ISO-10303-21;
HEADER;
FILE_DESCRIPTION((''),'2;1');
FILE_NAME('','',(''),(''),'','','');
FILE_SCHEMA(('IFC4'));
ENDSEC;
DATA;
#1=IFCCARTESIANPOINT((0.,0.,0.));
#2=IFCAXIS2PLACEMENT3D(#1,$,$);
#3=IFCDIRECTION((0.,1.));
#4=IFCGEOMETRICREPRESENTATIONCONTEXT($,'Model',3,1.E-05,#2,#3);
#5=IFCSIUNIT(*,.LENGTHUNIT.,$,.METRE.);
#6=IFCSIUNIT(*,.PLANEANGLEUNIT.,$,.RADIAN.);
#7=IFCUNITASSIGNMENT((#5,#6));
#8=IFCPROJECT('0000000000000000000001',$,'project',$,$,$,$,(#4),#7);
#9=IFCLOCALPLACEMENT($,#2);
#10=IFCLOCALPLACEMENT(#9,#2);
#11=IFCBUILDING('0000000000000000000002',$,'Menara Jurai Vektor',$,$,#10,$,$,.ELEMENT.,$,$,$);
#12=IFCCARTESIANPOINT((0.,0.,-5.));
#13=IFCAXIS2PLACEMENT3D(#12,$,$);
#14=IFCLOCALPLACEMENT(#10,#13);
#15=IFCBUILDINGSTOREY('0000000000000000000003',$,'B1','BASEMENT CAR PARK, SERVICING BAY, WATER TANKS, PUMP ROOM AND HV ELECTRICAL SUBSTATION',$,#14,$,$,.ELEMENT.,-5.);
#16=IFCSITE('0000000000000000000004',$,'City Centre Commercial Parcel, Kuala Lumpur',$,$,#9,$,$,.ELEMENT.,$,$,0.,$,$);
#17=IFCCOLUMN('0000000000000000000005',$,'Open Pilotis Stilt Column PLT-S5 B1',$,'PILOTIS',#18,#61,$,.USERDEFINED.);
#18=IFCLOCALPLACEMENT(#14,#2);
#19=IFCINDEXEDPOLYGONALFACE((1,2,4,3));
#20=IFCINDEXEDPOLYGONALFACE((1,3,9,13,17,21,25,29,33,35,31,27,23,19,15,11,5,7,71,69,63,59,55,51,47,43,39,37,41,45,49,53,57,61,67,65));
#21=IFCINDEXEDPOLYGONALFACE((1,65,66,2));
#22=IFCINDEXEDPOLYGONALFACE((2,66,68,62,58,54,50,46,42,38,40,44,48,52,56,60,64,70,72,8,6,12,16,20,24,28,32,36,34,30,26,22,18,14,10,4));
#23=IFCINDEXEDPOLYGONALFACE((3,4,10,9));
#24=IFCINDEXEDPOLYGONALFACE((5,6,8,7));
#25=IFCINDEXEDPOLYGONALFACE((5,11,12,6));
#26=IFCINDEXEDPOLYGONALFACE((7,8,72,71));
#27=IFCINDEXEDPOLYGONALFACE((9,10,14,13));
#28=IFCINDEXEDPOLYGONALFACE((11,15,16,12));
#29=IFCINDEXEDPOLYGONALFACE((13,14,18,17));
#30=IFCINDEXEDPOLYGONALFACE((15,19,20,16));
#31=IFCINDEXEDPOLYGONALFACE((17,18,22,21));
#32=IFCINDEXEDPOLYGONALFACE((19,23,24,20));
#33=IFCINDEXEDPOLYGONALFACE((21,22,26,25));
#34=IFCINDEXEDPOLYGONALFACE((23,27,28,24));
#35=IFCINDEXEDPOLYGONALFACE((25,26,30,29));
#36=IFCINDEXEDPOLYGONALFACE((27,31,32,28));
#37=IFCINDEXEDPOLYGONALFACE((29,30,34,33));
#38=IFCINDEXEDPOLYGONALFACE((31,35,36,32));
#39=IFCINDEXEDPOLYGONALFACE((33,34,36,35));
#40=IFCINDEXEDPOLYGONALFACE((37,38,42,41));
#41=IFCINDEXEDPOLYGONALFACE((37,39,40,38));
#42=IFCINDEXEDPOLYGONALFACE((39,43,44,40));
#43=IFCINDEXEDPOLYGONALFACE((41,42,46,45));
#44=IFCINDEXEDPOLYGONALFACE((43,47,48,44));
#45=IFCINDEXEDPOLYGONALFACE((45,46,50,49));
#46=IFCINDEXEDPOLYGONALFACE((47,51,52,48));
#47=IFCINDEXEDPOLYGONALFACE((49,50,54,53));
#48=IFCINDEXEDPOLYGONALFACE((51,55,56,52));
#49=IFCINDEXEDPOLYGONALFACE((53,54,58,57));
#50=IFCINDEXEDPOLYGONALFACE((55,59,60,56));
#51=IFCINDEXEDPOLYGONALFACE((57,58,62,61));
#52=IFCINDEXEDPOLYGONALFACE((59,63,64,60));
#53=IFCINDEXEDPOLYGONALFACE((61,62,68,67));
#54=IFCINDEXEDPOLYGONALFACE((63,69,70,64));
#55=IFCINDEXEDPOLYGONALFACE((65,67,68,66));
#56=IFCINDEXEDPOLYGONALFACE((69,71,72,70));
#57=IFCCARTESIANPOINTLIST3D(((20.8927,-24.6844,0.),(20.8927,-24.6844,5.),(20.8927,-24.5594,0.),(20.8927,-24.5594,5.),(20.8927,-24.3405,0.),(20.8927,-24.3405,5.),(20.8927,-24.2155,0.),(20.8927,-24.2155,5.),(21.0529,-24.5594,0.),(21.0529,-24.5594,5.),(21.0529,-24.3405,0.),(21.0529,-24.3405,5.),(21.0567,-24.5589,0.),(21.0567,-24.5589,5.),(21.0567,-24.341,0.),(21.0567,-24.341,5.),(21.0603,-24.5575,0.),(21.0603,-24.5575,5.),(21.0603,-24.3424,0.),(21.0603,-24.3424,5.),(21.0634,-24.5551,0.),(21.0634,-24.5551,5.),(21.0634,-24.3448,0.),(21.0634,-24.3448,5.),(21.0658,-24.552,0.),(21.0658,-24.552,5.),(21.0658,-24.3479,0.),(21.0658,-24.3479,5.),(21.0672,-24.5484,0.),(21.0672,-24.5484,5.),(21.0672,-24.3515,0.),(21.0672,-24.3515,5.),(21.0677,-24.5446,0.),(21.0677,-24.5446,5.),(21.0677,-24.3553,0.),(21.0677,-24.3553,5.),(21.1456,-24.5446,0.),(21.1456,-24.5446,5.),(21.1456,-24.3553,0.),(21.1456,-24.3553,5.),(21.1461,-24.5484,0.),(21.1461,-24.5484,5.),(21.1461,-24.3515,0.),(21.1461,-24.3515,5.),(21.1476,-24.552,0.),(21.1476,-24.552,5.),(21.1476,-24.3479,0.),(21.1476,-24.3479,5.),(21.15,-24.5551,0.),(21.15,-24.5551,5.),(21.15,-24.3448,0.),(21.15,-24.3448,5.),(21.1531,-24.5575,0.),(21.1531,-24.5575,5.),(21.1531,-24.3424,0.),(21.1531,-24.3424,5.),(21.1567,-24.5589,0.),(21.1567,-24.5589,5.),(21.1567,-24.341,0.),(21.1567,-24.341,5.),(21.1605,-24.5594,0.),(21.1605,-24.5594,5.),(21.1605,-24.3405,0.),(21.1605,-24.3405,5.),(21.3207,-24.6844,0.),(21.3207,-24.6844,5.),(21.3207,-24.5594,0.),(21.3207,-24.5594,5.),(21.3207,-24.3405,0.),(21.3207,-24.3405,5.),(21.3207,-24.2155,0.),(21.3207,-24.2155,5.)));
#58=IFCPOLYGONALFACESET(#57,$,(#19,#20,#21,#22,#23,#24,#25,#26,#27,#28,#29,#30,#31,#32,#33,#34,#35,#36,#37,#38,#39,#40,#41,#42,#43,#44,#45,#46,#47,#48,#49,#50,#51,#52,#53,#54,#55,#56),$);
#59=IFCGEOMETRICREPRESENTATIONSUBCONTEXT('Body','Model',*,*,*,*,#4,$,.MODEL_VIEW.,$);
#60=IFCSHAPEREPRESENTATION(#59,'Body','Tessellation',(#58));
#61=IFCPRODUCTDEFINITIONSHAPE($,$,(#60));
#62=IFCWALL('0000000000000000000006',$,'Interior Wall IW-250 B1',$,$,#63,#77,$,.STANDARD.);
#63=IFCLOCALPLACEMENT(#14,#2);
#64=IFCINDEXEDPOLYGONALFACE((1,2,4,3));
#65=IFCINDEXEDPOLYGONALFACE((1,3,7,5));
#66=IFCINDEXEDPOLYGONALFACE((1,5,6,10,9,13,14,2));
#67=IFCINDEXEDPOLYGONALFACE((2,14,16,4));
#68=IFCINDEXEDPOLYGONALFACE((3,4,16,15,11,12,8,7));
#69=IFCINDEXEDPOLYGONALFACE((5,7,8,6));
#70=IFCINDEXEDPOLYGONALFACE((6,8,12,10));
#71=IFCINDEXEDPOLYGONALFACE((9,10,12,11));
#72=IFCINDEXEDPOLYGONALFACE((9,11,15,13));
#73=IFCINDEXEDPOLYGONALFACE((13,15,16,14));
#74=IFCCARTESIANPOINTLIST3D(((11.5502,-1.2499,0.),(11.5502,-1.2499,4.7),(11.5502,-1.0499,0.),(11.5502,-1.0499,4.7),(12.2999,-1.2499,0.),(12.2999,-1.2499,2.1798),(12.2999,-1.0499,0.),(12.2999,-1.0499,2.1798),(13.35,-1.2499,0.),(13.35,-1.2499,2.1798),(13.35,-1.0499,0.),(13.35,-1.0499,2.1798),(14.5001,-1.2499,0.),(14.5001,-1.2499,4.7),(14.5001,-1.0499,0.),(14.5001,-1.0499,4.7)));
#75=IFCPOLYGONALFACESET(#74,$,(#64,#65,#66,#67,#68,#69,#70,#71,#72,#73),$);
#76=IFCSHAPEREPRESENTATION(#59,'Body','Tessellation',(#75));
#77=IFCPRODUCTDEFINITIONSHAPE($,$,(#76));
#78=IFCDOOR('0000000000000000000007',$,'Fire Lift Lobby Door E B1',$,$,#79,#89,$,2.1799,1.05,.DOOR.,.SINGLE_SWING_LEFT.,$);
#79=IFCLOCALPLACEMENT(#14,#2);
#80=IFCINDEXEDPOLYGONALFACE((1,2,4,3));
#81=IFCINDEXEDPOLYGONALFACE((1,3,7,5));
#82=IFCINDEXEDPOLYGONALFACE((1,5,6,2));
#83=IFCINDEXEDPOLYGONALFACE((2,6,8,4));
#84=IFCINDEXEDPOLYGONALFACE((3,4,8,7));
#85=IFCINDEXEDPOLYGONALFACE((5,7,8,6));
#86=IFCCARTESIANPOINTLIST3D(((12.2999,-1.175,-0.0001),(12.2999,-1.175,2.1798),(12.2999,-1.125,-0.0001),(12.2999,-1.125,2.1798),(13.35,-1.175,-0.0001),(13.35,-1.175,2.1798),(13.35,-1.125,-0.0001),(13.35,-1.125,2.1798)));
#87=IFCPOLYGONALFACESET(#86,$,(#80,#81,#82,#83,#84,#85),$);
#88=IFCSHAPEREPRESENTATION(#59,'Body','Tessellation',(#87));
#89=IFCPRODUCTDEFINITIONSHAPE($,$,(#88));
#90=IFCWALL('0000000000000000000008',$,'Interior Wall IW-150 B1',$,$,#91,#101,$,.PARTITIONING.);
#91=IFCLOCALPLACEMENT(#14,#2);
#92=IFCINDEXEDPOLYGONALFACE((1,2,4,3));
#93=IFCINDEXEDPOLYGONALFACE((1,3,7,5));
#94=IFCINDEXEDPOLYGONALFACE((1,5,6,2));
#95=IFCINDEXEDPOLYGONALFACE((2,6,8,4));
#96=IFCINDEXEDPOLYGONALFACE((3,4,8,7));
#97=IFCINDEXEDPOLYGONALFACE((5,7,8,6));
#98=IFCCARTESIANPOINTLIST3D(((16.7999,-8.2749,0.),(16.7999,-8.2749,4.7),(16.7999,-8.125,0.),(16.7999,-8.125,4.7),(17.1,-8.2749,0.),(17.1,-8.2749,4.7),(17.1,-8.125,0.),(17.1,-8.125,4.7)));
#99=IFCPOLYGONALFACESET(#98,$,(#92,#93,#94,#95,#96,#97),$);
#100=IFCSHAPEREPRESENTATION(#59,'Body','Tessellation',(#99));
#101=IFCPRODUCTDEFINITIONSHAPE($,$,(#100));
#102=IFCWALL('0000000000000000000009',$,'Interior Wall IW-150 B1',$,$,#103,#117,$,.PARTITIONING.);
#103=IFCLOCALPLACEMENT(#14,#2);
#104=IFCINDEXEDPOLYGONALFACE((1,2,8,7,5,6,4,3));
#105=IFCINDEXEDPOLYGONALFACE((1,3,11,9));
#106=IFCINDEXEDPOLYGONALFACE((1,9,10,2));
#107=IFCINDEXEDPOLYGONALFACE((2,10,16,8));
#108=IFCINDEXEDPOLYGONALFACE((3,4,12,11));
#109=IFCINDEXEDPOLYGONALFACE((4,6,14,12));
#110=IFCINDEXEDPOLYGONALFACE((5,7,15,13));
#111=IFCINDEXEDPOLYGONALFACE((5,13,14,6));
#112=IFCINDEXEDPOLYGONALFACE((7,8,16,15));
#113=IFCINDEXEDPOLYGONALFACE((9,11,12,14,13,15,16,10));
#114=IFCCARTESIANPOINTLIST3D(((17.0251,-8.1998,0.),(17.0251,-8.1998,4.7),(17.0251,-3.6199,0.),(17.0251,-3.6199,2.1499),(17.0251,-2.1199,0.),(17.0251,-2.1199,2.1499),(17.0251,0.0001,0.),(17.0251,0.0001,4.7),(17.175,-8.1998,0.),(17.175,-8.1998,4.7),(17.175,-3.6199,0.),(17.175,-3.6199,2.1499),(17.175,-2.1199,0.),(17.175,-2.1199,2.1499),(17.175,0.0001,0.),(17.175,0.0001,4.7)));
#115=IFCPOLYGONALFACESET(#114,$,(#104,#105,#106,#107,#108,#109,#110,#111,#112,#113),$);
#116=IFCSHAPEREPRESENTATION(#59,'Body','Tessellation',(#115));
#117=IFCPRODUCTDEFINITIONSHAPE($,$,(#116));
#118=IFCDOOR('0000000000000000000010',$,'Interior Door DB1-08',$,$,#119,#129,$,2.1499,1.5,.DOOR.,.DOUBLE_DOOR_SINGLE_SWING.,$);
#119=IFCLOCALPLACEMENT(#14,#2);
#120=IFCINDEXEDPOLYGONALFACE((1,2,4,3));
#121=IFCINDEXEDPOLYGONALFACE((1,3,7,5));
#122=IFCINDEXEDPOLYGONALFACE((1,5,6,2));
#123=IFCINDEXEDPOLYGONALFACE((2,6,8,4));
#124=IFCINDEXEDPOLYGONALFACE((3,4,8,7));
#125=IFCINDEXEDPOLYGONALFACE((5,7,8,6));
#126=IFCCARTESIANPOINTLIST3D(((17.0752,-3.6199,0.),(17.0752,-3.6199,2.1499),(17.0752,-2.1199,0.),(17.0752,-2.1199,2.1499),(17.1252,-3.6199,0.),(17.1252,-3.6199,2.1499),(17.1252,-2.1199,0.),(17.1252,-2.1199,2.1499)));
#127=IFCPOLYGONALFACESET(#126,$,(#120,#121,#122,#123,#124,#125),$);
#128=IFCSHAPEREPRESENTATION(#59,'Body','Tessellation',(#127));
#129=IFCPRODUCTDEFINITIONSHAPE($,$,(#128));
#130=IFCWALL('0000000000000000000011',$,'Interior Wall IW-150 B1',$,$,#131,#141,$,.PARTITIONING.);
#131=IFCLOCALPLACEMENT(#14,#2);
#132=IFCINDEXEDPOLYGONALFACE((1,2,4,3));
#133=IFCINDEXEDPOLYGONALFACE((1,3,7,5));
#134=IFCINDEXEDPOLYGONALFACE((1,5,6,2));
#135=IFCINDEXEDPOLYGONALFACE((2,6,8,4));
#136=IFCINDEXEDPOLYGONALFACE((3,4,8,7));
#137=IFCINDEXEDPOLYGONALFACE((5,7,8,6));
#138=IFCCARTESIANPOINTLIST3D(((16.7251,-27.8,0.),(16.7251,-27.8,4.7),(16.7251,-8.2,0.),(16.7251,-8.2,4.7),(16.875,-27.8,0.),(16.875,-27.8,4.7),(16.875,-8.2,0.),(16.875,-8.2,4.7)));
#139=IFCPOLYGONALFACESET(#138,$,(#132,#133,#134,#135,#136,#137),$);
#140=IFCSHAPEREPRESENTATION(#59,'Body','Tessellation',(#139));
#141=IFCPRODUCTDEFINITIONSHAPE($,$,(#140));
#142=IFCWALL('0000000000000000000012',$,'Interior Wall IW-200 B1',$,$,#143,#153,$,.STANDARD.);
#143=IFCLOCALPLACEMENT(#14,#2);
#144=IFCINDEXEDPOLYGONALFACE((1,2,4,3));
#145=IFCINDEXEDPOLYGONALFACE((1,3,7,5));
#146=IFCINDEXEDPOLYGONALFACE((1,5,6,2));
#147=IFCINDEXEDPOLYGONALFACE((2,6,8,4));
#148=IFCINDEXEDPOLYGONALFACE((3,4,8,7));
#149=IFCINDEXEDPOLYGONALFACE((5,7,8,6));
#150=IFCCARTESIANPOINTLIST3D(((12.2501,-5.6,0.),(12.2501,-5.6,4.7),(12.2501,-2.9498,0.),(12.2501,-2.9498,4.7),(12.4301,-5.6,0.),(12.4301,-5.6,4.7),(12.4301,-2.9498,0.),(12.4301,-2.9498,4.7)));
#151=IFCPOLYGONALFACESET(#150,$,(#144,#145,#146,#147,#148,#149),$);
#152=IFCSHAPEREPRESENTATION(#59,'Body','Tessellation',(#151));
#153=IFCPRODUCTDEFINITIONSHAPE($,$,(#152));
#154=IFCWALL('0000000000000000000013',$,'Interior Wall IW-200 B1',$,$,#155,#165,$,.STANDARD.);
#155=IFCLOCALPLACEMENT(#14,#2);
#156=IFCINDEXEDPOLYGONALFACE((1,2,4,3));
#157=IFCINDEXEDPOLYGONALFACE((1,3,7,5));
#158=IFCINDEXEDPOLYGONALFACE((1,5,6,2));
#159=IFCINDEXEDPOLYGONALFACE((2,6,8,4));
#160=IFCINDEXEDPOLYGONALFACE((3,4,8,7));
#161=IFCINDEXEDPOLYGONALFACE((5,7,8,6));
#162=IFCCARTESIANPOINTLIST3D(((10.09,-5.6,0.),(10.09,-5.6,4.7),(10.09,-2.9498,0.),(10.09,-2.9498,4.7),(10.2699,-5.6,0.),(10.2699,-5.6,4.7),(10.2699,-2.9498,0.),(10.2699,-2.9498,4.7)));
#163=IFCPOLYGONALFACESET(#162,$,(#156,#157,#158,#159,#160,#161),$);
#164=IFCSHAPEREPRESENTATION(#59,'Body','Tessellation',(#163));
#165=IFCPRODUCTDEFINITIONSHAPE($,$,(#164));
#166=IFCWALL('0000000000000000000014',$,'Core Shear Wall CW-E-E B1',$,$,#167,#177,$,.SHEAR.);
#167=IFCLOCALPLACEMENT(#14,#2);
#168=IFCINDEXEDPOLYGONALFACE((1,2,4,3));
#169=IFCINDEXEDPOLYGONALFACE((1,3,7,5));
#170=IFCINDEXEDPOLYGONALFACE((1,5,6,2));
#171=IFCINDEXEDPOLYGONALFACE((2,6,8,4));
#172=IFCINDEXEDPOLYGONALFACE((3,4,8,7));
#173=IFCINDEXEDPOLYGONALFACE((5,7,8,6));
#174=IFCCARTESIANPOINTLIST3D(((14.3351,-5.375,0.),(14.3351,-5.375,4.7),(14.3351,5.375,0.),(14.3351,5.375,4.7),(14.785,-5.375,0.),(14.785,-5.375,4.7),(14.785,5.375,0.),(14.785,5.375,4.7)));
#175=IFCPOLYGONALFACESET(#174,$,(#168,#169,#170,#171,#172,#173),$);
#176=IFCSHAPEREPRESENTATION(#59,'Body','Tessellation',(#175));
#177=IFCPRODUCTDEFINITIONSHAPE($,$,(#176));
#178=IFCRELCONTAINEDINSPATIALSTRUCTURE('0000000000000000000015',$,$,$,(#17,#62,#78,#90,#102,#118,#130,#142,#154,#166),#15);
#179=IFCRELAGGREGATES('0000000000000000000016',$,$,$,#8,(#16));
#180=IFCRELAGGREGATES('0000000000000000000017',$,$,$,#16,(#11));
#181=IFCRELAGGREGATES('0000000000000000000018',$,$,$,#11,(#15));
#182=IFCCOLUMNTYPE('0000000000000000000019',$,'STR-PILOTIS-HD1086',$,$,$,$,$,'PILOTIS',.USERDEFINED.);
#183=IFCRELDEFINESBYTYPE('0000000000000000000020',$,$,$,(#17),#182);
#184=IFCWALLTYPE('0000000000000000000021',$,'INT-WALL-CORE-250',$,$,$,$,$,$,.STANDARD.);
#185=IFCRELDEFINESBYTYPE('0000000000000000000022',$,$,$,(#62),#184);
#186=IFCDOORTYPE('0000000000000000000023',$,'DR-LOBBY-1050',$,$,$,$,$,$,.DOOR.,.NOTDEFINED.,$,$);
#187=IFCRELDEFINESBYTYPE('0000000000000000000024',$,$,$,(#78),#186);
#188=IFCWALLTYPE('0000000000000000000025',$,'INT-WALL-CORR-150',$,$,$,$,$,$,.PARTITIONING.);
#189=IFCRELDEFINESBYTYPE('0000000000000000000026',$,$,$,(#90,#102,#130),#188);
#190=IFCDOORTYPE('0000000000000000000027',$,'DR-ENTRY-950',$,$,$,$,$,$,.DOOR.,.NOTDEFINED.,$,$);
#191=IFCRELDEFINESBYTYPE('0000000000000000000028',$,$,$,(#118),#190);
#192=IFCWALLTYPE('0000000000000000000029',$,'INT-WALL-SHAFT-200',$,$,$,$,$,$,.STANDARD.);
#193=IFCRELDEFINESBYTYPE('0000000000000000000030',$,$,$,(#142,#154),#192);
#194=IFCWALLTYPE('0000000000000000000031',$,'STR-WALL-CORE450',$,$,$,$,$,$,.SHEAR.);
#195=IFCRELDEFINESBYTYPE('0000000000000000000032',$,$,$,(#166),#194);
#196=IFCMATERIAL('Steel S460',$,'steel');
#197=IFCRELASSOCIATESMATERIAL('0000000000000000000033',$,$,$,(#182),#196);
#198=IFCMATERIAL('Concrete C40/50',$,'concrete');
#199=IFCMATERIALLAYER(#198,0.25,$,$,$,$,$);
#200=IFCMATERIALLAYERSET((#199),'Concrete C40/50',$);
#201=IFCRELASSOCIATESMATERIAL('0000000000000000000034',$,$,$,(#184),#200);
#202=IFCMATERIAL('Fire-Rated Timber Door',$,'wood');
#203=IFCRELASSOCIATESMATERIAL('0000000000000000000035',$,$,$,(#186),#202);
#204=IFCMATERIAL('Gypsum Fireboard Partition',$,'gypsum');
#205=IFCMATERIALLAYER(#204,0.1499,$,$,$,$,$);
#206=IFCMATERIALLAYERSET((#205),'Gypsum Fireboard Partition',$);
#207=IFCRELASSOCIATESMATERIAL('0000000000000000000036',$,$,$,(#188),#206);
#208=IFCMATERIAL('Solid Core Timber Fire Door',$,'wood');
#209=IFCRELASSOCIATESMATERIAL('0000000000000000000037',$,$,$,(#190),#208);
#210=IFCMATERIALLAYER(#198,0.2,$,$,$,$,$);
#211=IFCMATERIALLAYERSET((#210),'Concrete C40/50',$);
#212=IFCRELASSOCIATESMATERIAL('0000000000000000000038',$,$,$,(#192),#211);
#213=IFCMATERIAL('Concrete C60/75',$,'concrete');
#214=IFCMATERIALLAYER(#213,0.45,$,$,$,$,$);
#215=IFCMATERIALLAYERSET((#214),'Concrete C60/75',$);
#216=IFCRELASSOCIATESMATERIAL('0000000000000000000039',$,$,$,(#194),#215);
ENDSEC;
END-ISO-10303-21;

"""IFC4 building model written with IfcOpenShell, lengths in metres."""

from ifc_helpers import new_model, si_unit, direction, frame, frame_2d, origin, origin_2d, place, context, subcontext, project, spatial, rectangle, i_section, extrude, material, layer, layer_set, material_profile, profile_set, type_object, element, fill, save


model = new_model("IFC4")

# Units and contexts
model_context = context("Model", 3, precision=1e-05, world=origin(), true_north=direction((0.0, 1.0)))
body_context = subcontext(model_context, "Body", "Model", "MODEL_VIEW")
ifc_project = project(units=[si_unit("LENGTHUNIT", "METRE"), si_unit("PLANEANGLEUNIT", "RADIAN")], contexts=[model_context])

# Site, building, storey
site_placement = place(None, origin())
site = spatial("IfcSite", under=ifc_project, at=site_placement, Name="City Centre Commercial Parcel, Kuala Lumpur", CompositionType="ELEMENT", RefElevation=0.0)
building_placement = place(site_placement, origin())
building = spatial("IfcBuilding", under=site, at=building_placement, Name="Menara Jurai Vektor", CompositionType="ELEMENT")
storey_placement = place(building_placement, frame((0.0, 0.0, -5.0)))
storey = spatial("IfcBuildingStorey", under=building, at=storey_placement, Name="B1", Description="BASEMENT CAR PARK, SERVICING BAY, WATER TANKS, PUMP ROOM AND HV ELECTRICAL SUBSTATION", CompositionType="ELEMENT", Elevation=-5.0)

# Column
ifc_material_1 = material(Name="Concrete C60/75", Category="concrete")
ifc_material_2 = material(Name="Steel S460", Category="steel")
ifc_material_profile_1 = material_profile(ifc_material_2, i_section(OverallWidth=0.428, OverallDepth=0.469, WebThickness=0.0779, FlangeThickness=0.125, FilletRadius=0.0149, at=origin_2d()), Name="HD 400x1086")
ifc_profile_set_1 = profile_set([ifc_material_profile_1], Name="Steel S460")
column_type_1 = type_object("IfcColumnType", Name="STR-PILOTIS-HD1086", ElementType="PILOTIS", PredefinedType="USERDEFINED", material=ifc_profile_set_1)
column_1_placement = place(storey_placement, frame((21.1067, -24.45, 0.0), z_axis=(0.0, 0.0, 1.0), x_axis=(1.0, 0.0, 0.0)))
element("IfcColumn", 1, at=column_1_placement, inside=storey, type_object=column_type_1, Name="Open Pilotis Stilt Column PLT-S5 B1", ObjectType="PILOTIS", PredefinedType="USERDEFINED", context=body_context, shape_type="SweptSolid", body=[
    extrude(i_section(OverallWidth=0.428, OverallDepth=0.469, WebThickness=0.0779, FlangeThickness=0.125, FilletRadius=0.0149, at=origin_2d()), origin(), (0.0, 0.0, 1.0), 5.0),
])

# Wall, opening, door
ifc_material_3 = material(Name="Concrete C40/50", Category="concrete")
ifc_layer_1 = layer(ifc_material_3, 0.25)
ifc_layer_set_1 = layer_set([ifc_layer_1], Name="Concrete C40/50")
wall_type_1 = type_object("IfcWallType", Name="INT-WALL-CORE-250", PredefinedType="STANDARD", material=ifc_layer_set_1)
wall_1_placement = place(storey_placement, frame((11.55, -1.1499, 0.0), z_axis=(0.0, 0.0, 1.0), x_axis=(1.0, 0.0, 0.0)))
wall_1 = element("IfcWall", 2, at=wall_1_placement, inside=storey, type_object=wall_type_1, Name="Interior Wall IW-250 B1", PredefinedType="STANDARD", context=body_context, shape_type="SweptSolid", body=[
    extrude(rectangle(XDim=2.95, YDim=0.2, at=frame_2d((1.4751, 0.0))), origin(), (0.0, 0.0, 1.0), 4.7),
])
opening_1_placement = place(wall_1_placement, frame((0.75, 0.0, 0.0)))
opening_1 = element("IfcOpeningElement", 3, at=opening_1_placement, cuts=wall_1, PredefinedType="OPENING", context=body_context, shape_type="SweptSolid", body=[
    extrude(rectangle(XDim=1.05, YDim=2.1799, at=frame_2d((0.5249, 1.0898))), frame((0.0, 0.1099, 0.0), z_axis=(0.0, -1.0, 0.0), x_axis=(1.0, 0.0, 0.0)), (0.0, 0.0, 1.0), 0.22),
])
ifc_material_4 = material(Name="Fire-Rated Timber Door", Category="wood")
door_type_1 = type_object("IfcDoorType", Name="DR-LOBBY-1050", OperationType="NOTDEFINED", PredefinedType="DOOR", material=ifc_material_4)
door_1_placement = place(opening_1_placement, origin())
door_1 = element("IfcDoor", 4, at=door_1_placement, inside=storey, type_object=door_type_1, Name="Fire Lift Lobby Door E B1", OperationType="SINGLE_SWING_LEFT", OverallHeight=2.1799, OverallWidth=1.05, PredefinedType="DOOR", context=body_context, shape_type="SweptSolid", body=[
    extrude(rectangle(XDim=1.05, YDim=2.1799, at=frame_2d((0.5249, 1.0898))), frame((0.0, 0.0249, 0.0), z_axis=(0.0, -1.0, 0.0), x_axis=(1.0, 0.0, 0.0)), (0.0, 0.0, 1.0), 0.05),
])
fill(opening_1, door_1)

# Wall
ifc_material_5 = material(Name="Gypsum Fireboard Partition", Category="gypsum")
ifc_layer_2 = layer(ifc_material_5, 0.1499)
ifc_layer_set_2 = layer_set([ifc_layer_2], Name="Gypsum Fireboard Partition")
wall_type_2 = type_object("IfcWallType", Name="INT-WALL-CORR-150", PredefinedType="PARTITIONING", material=ifc_layer_set_2)
wall_2_placement = place(storey_placement, frame((16.8, -8.2, 0.0), z_axis=(0.0, 0.0, 1.0), x_axis=(1.0, 0.0, 0.0)))
element("IfcWall", 5, at=wall_2_placement, inside=storey, type_object=wall_type_2, Name="Interior Wall IW-150 B1", PredefinedType="PARTITIONING", context=body_context, shape_type="SweptSolid", body=[
    extrude(rectangle(XDim=0.3, YDim=0.1499, at=frame_2d((0.1499, 0.0))), origin(), (0.0, 0.0, 1.0), 4.7),
])

# Wall, opening, door
wall_3_placement = place(storey_placement, frame((17.1001, -8.2, 0.0), z_axis=(0.0, 0.0, 1.0), x_axis=(0.0, 1.0, 0.0)))
wall_3 = element("IfcWall", 6, at=wall_3_placement, inside=storey, type_object=wall_type_2, Name="Interior Wall IW-150 B1", PredefinedType="PARTITIONING", context=body_context, shape_type="SweptSolid", body=[
    extrude(rectangle(XDim=8.2, YDim=0.1499, at=frame_2d((4.1001, 0.0))), origin(), (0.0, 0.0, 1.0), 4.7),
])
opening_2_placement = place(wall_3_placement, frame((4.5801, 0.0, 0.0)))
opening_2 = element("IfcOpeningElement", 7, at=opening_2_placement, cuts=wall_3, PredefinedType="OPENING", context=body_context, shape_type="SweptSolid", body=[
    extrude(rectangle(XDim=1.5, YDim=2.1499, at=frame_2d((0.75, 1.075))), frame((0.0, 0.085, 0.0), z_axis=(0.0, -1.0, 0.0), x_axis=(1.0, 0.0, 0.0)), (0.0, 0.0, 1.0), 0.1699),
])
ifc_material_6 = material(Name="Solid Core Timber Fire Door", Category="wood")
door_type_2 = type_object("IfcDoorType", Name="DR-ENTRY-950", OperationType="NOTDEFINED", PredefinedType="DOOR", material=ifc_material_6)
door_2_placement = place(opening_2_placement, origin())
door_2 = element("IfcDoor", 8, at=door_2_placement, inside=storey, type_object=door_type_2, Name="Interior Door DB1-08", OperationType="DOUBLE_DOOR_SINGLE_SWING", OverallHeight=2.1499, OverallWidth=1.5, PredefinedType="DOOR", context=body_context, shape_type="SweptSolid", body=[
    extrude(rectangle(XDim=1.5, YDim=2.1499, at=frame_2d((0.75, 1.075))), frame((0.0, 0.0249, 0.0), z_axis=(0.0, -1.0, 0.0), x_axis=(1.0, 0.0, 0.0)), (0.0, 0.0, 1.0), 0.05),
])
fill(opening_2, door_2)

# Walls
wall_4_placement = place(storey_placement, frame((16.8, -27.8, 0.0), z_axis=(0.0, 0.0, 1.0), x_axis=(0.0, 1.0, 0.0)))
element("IfcWall", 9, at=wall_4_placement, inside=storey, type_object=wall_type_2, Name="Interior Wall IW-150 B1", PredefinedType="PARTITIONING", context=body_context, shape_type="SweptSolid", body=[
    extrude(rectangle(XDim=19.6001, YDim=0.1499, at=frame_2d((9.8, 0.0))), origin(), (0.0, 0.0, 1.0), 4.7),
])
ifc_layer_3 = layer(ifc_material_3, 0.2)
ifc_layer_set_3 = layer_set([ifc_layer_3], Name="Concrete C40/50")
wall_type_3 = type_object("IfcWallType", Name="INT-WALL-SHAFT-200", PredefinedType="STANDARD", material=ifc_layer_set_3)
for number, where, z_axis, x_axis, name in (
    (10, (12.3401, -5.6001, 0.0), (0.0, 0.0, 1.0), (0.0, 1.0, 0.0), "Interior Wall IW-200 B1"),
    (11, (10.1799, -5.6001, 0.0), (0.0, 0.0, 1.0), (0.0, 1.0, 0.0), "Interior Wall IW-200 B1"),
):
    element("IfcWall", number, at=place(storey_placement, frame(where, z_axis=z_axis, x_axis=x_axis)), inside=storey, type_object=wall_type_3, Name=name, PredefinedType="STANDARD", context=body_context, shape_type="SweptSolid", body=[
        extrude(rectangle(XDim=2.6501, YDim=0.1799, at=frame_2d((1.3252, 0.0))), origin(), (0.0, 0.0, 1.0), 4.7),
    ])
ifc_layer_4 = layer(ifc_material_1, 0.45)
ifc_layer_set_4 = layer_set([ifc_layer_4], Name="Concrete C60/75")
wall_type_4 = type_object("IfcWallType", Name="STR-WALL-CORE450", PredefinedType="SHEAR", material=ifc_layer_set_4)
wall_5_placement = place(storey_placement, frame((14.5601, -5.375, 0.0), z_axis=(0.0, 0.0, 1.0), x_axis=(0.0, 1.0, 0.0)))
element("IfcWall", 12, at=wall_5_placement, inside=storey, type_object=wall_type_4, Name="Core Shear Wall CW-E-E B1", PredefinedType="SHEAR", context=body_context, shape_type="SweptSolid", body=[
    extrude(rectangle(XDim=10.75, YDim=0.45, at=frame_2d((5.375, 0.0))), origin(), (0.0, 0.0, 1.0), 4.7),
])

save(model, "model.ifc")
